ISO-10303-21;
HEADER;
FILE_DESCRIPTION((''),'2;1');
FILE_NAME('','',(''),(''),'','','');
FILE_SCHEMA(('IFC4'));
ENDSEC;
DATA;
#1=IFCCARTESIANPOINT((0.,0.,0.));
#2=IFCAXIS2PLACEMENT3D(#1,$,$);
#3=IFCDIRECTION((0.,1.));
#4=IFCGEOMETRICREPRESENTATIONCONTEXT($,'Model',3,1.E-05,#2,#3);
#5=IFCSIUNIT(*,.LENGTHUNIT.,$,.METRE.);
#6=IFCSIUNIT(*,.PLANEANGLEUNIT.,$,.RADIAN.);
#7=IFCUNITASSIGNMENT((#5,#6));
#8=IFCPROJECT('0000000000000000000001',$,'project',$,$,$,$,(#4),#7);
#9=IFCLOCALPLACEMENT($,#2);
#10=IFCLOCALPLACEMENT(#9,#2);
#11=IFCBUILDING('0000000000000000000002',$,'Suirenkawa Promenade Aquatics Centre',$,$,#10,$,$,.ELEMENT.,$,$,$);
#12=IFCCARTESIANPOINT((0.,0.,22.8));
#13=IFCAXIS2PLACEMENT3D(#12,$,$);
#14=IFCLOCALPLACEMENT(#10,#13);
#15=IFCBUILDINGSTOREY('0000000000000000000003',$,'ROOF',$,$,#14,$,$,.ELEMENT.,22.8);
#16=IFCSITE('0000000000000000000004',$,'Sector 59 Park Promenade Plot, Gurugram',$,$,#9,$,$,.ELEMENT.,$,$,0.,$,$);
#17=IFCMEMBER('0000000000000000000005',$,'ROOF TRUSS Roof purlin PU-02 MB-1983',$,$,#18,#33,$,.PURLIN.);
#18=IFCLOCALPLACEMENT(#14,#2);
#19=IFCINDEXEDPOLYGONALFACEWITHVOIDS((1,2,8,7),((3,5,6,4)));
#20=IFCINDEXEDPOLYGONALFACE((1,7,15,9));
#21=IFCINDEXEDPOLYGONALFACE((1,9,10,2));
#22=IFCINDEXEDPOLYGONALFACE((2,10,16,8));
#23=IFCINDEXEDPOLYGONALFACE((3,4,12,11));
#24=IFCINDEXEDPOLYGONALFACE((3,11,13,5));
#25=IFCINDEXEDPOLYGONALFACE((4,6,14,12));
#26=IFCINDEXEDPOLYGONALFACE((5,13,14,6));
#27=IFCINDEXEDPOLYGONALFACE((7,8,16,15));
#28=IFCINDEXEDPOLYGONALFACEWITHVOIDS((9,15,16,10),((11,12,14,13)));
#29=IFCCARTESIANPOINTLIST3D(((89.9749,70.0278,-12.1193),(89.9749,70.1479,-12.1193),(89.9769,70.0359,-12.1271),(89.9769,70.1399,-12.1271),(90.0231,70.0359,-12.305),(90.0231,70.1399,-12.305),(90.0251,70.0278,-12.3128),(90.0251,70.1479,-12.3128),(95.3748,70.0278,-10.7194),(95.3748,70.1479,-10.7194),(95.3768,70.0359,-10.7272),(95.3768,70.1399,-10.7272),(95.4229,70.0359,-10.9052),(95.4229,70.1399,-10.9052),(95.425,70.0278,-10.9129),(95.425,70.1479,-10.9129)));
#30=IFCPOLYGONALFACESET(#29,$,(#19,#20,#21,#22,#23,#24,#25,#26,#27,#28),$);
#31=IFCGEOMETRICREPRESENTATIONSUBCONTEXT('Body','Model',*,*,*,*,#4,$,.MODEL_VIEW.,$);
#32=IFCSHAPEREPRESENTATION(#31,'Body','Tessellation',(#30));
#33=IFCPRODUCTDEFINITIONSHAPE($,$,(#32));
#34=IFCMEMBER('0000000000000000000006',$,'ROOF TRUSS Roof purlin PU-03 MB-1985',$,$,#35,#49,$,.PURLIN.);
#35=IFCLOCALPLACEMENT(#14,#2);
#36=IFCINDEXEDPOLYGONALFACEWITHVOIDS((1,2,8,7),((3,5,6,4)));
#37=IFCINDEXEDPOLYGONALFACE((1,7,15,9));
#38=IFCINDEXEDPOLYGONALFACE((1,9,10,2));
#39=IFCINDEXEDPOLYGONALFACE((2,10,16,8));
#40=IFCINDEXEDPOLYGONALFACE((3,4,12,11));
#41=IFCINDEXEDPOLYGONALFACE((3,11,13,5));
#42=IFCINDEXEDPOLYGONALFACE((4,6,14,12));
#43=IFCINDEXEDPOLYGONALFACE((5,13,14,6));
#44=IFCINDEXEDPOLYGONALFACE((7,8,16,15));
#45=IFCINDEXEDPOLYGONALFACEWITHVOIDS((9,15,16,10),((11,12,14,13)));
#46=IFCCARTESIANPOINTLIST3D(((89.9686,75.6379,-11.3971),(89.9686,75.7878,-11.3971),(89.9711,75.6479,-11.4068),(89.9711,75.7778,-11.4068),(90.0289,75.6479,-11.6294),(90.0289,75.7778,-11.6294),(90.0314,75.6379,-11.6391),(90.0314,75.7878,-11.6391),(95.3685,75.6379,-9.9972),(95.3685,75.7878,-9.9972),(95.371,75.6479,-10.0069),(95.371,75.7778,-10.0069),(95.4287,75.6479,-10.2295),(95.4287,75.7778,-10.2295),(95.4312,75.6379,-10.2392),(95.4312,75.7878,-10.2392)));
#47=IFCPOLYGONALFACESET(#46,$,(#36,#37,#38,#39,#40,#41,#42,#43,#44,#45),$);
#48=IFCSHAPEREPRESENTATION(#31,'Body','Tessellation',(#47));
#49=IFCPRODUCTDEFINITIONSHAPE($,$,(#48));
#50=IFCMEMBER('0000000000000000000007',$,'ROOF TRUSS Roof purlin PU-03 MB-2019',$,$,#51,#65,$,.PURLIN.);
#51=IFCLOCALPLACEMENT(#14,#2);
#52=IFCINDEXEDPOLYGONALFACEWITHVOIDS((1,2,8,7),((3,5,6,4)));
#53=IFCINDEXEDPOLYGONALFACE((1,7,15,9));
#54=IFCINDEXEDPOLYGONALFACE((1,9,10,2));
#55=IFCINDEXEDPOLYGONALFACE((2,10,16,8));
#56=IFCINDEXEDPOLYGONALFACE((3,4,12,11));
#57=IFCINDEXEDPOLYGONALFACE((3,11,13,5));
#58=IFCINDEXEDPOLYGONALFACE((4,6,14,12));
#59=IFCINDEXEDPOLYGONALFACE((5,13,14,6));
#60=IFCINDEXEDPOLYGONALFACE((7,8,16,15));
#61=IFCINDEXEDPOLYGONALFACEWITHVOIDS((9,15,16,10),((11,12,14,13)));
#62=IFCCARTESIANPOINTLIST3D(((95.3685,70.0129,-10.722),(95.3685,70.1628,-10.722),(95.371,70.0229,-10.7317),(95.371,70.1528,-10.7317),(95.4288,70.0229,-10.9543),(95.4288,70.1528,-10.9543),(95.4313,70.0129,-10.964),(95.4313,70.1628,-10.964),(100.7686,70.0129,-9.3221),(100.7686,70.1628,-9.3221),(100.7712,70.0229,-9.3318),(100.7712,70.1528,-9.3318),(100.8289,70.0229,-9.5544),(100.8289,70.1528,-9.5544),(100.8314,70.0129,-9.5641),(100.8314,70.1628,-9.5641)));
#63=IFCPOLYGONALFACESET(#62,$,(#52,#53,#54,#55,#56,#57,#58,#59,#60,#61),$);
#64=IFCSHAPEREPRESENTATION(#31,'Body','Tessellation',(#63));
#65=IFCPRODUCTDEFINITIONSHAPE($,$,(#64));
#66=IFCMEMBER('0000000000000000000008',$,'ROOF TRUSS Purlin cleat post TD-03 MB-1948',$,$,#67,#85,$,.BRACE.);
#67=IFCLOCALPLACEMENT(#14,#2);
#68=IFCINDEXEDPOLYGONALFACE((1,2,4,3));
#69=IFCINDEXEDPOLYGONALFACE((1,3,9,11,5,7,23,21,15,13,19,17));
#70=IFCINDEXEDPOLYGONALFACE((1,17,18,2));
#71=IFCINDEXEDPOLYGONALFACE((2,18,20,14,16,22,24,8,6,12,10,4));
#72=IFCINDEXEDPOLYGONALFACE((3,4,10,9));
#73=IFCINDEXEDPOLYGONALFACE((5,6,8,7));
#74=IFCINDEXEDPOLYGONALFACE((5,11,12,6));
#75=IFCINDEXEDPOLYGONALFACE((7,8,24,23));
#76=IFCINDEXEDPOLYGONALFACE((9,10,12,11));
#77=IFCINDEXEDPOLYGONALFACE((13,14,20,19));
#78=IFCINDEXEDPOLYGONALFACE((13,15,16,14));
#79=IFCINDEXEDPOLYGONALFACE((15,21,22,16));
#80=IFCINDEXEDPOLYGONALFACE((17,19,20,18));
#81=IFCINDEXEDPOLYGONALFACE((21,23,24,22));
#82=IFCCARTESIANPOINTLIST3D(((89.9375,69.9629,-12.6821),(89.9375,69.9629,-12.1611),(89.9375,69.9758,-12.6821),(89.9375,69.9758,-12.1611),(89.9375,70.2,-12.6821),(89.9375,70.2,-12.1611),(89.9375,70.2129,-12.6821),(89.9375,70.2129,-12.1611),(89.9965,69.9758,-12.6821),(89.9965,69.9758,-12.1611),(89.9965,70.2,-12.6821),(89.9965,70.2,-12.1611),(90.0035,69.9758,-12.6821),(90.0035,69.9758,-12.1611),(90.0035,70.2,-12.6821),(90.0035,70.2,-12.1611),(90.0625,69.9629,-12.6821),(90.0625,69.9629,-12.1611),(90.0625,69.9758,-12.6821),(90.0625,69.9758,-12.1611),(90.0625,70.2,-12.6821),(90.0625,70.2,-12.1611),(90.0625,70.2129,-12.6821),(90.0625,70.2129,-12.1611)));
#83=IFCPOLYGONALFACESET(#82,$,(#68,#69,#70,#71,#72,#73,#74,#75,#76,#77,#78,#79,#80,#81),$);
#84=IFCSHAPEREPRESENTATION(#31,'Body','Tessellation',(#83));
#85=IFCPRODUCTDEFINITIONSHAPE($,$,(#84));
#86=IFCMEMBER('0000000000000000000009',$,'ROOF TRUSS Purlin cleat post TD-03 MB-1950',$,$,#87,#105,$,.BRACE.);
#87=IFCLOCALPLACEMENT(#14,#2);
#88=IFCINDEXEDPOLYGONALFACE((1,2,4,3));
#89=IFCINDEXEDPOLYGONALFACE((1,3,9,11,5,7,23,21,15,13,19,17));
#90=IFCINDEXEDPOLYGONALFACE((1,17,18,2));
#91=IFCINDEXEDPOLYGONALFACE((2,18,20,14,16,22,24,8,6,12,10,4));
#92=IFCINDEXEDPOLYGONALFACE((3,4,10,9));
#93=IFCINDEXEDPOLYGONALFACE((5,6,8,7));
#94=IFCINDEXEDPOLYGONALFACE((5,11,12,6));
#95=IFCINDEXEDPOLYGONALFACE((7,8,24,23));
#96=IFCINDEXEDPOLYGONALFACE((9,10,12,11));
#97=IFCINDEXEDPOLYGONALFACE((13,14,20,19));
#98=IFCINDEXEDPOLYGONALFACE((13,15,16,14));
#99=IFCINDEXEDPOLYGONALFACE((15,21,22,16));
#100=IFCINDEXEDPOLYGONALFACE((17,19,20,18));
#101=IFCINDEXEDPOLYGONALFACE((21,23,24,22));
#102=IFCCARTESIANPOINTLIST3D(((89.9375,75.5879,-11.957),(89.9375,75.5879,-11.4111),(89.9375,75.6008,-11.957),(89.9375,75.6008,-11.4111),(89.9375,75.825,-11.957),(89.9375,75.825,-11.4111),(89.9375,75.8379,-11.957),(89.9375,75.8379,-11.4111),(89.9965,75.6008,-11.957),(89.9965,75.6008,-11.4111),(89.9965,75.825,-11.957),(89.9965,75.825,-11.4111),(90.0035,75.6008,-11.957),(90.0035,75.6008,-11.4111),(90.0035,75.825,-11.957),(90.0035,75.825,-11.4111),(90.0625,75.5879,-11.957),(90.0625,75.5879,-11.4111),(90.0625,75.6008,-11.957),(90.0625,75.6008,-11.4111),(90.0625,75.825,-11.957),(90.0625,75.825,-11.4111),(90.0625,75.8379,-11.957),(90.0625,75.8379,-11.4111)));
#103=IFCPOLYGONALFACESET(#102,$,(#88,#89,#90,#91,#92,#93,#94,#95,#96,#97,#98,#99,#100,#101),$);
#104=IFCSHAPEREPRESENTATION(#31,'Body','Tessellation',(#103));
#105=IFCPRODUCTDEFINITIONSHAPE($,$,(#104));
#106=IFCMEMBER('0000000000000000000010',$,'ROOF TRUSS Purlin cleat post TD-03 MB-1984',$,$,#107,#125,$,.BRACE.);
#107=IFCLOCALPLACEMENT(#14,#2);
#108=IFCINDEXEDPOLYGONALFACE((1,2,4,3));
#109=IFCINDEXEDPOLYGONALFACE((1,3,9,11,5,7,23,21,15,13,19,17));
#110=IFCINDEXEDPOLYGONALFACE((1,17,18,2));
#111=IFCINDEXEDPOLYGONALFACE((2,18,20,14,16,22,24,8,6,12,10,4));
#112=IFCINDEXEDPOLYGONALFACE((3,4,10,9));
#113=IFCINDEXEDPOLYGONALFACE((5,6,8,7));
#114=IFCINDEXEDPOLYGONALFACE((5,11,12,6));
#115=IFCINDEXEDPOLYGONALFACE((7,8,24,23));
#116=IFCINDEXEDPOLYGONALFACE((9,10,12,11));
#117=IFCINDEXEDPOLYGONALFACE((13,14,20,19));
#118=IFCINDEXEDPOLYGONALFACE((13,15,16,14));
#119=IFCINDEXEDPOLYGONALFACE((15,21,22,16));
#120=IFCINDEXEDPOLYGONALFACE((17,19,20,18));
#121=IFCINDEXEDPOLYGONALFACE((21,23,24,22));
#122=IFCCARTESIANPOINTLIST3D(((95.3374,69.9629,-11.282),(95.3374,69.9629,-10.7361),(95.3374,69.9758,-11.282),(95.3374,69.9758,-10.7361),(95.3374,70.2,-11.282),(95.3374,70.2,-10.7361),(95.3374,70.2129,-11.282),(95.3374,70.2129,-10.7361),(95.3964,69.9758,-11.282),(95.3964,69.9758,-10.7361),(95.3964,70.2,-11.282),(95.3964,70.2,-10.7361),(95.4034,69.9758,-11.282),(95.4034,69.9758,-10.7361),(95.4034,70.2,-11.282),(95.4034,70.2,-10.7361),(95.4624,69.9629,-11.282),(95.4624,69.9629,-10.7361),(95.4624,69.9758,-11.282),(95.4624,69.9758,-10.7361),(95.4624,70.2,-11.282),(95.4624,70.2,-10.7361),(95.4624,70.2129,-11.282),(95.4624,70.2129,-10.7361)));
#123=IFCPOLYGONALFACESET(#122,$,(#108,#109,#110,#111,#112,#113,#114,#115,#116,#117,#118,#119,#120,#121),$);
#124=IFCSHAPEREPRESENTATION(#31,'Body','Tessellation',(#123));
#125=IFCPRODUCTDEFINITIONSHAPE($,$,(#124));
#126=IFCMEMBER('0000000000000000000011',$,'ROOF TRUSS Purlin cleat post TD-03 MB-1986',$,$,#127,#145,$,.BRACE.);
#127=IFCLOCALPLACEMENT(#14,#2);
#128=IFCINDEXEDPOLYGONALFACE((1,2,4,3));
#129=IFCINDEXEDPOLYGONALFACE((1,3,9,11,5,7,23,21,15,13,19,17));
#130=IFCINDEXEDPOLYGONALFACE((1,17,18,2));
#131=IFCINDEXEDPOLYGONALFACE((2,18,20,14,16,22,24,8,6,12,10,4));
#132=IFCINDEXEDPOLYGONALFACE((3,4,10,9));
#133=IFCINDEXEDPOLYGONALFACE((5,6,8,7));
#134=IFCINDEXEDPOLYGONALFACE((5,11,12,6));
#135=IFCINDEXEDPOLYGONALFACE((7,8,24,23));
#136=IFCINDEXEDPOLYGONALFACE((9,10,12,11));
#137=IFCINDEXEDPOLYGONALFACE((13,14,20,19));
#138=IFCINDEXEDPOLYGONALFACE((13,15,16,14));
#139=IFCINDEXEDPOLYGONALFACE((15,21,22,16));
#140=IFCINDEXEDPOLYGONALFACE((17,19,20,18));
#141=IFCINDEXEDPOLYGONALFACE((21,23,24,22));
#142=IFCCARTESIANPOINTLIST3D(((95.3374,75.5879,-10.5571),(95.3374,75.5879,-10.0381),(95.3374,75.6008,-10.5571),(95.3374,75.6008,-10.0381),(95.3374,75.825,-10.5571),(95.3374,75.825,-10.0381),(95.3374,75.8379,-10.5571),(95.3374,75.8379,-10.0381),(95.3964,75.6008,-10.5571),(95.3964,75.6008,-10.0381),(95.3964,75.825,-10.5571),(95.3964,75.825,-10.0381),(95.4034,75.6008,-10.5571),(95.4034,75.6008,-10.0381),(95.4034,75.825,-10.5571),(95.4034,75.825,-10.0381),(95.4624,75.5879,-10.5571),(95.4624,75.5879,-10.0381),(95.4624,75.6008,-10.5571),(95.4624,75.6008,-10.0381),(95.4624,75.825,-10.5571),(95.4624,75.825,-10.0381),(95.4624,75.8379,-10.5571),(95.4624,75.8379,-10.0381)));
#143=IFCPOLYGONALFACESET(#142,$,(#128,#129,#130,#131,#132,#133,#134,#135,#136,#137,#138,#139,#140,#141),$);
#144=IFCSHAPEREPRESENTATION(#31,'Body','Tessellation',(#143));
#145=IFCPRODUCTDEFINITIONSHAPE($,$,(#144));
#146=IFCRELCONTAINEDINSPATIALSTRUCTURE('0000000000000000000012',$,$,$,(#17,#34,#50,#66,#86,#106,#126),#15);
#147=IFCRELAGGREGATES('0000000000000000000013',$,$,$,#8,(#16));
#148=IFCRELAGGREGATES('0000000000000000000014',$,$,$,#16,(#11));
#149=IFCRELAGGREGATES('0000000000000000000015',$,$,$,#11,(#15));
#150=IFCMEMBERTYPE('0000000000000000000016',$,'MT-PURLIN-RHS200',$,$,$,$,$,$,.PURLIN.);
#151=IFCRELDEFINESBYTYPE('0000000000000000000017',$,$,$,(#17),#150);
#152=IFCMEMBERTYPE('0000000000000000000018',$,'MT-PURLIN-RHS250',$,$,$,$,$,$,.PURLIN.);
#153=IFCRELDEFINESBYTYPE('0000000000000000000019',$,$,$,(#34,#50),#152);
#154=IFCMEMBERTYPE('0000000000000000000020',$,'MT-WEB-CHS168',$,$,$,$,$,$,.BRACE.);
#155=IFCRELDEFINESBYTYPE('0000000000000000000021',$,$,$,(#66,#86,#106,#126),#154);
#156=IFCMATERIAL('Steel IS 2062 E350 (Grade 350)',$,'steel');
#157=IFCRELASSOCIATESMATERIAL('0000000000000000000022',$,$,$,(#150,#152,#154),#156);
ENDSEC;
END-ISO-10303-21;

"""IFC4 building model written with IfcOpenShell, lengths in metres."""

from ifc_helpers import new_model, si_unit, direction, frame, origin, origin_2d, place, context, subcontext, project, spatial, hollow_rectangle, i_section, extrude, material, material_profile, profile_set, type_object, element, save


model = new_model("IFC4")

# Units and contexts
model_context = context("Model", 3, precision=1e-05, world=origin(), true_north=direction((0.0, 1.0)))
body_context = subcontext(model_context, "Body", "Model", "MODEL_VIEW")
ifc_project = project(units=[si_unit("LENGTHUNIT", "METRE"), si_unit("PLANEANGLEUNIT", "RADIAN")], contexts=[model_context])

# Site, building, storey
site_placement = place(None, origin())
site = spatial("IfcSite", under=ifc_project, at=site_placement, Name="Sector 59 Park Promenade Plot, Gurugram", CompositionType="ELEMENT", RefElevation=0.0)
building_placement = place(site_placement, origin())
building = spatial("IfcBuilding", under=site, at=building_placement, Name="Suirenkawa Promenade Aquatics Centre", CompositionType="ELEMENT")
storey_placement = place(building_placement, frame((0.0, 0.0, 22.8)))
storey = spatial("IfcBuildingStorey", under=building, at=storey_placement, Name="ROOF", CompositionType="ELEMENT", Elevation=22.8)

# Shared definitions
ifc_material = material(Name="Steel IS 2062 E350 (Grade 350)", Category="steel")

# Members
ifc_material_profile_1 = material_profile(ifc_material, hollow_rectangle(XDim=0.1201, YDim=0.2, WallThickness=0.0081, at=origin_2d()), Name="RHS 200x120x8", Category="steel")
ifc_profile_set_1 = profile_set([ifc_material_profile_1], Name="Steel IS 2062 E350 (Grade 350)")
member_type_1 = type_object("IfcMemberType", Name="MT-PURLIN-RHS200", PredefinedType="PURLIN", material=ifc_profile_set_1)
member_1_placement = place(storey_placement, frame((90.0, 70.0879, -12.2161), z_axis=(0.968, 0.0, 0.25095), x_axis=(0.0, 1.0, 0.0)))
element("IfcMember", 1, at=member_1_placement, inside=storey, type_object=member_type_1, Name="ROOF TRUSS Roof purlin PU-02 MB-1983", PredefinedType="PURLIN", context=body_context, shape_type="SweptSolid", body=[
    extrude(hollow_rectangle(XDim=0.1201, YDim=0.2, WallThickness=0.0081, at=origin_2d()), origin(), (0.0, 0.0, 1.0), 5.5784),
])
ifc_material_profile_2 = material_profile(ifc_material, hollow_rectangle(XDim=0.1499, YDim=0.25, WallThickness=0.01, at=origin_2d()), Name="RHS 250x150x10", Category="steel")
ifc_profile_set_2 = profile_set([ifc_material_profile_2], Name="Steel IS 2062 E350 (Grade 350)")
member_type_2 = type_object("IfcMemberType", Name="MT-PURLIN-RHS250", PredefinedType="PURLIN", material=ifc_profile_set_2)
member_2_placement = place(storey_placement, frame((90.0, 75.7129, -11.5181), z_axis=(0.968, 0.0, 0.25095), x_axis=(0.0, 1.0, 0.0)))
element("IfcMember", 2, at=member_2_placement, inside=storey, type_object=member_type_2, Name="ROOF TRUSS Roof purlin PU-03 MB-1985", PredefinedType="PURLIN", context=body_context, shape_type="SweptSolid", body=[
    extrude(hollow_rectangle(XDim=0.1499, YDim=0.25, WallThickness=0.01, at=origin_2d()), origin(), (0.0, 0.0, 1.0), 5.5784),
])
member_3_placement = place(storey_placement, frame((95.3999, 70.0879, -10.843), z_axis=(0.968003, 0.0, 0.250939), x_axis=(0.0, 1.0, 0.0)))
element("IfcMember", 3, at=member_3_placement, inside=storey, type_object=member_type_2, Name="ROOF TRUSS Roof purlin PU-03 MB-2019", PredefinedType="PURLIN", context=body_context, shape_type="SweptSolid", body=[
    extrude(hollow_rectangle(XDim=0.1499, YDim=0.25, WallThickness=0.01, at=origin_2d()), origin(), (0.0, 0.0, 1.0), 5.5786),
])
ifc_material_profile_3 = material_profile(ifc_material, i_section(OverallWidth=0.125, OverallDepth=0.25, WebThickness=0.0071, FlangeThickness=0.0129, at=origin_2d()), Name="ISMB 250", Category="steel")
ifc_profile_set_3 = profile_set([ifc_material_profile_3], Name="Steel IS 2062 E350 (Grade 350)")
member_type_3 = type_object("IfcMemberType", Name="MT-WEB-CHS168", PredefinedType="BRACE", material=ifc_profile_set_3)
member_4_placement = place(storey_placement, frame((90.0, 70.0879, -12.6821), z_axis=(0.0, 0.0, 1.0), x_axis=(1.0, 0.0, 0.0)))
element("IfcMember", 4, at=member_4_placement, inside=storey, type_object=member_type_3, Name="ROOF TRUSS Purlin cleat post TD-03 MB-1948", PredefinedType="BRACE", context=body_context, shape_type="SweptSolid", body=[
    extrude(i_section(OverallWidth=0.125, OverallDepth=0.25, WebThickness=0.0071, FlangeThickness=0.0129, at=origin_2d()), origin(), (0.0, 0.0, 1.0), 0.521),
])
for number, where, z_axis, x_axis, name in (
    (5, (90.0, 75.7129, -11.957), (0.0, 0.0, 1.0), (1.0, 0.0, 0.0), "ROOF TRUSS Purlin cleat post TD-03 MB-1950"),
    (6, (95.3999, 70.0879, -11.282), (0.0, 0.0, 1.0), (1.0, 0.0, 0.0), "ROOF TRUSS Purlin cleat post TD-03 MB-1984"),
):
    element("IfcMember", number, at=place(storey_placement, frame(where, z_axis=z_axis, x_axis=x_axis)), inside=storey, type_object=member_type_3, Name=name, PredefinedType="BRACE", context=body_context, shape_type="SweptSolid", body=[
        extrude(i_section(OverallWidth=0.125, OverallDepth=0.25, WebThickness=0.0071, FlangeThickness=0.0129, at=origin_2d()), origin(), (0.0, 0.0, 1.0), 0.5459),
    ])
member_5_placement = place(storey_placement, frame((95.3999, 75.7129, -10.5571), z_axis=(0.0, 0.0, 1.0), x_axis=(1.0, 0.0, 0.0)))
element("IfcMember", 7, at=member_5_placement, inside=storey, type_object=member_type_3, Name="ROOF TRUSS Purlin cleat post TD-03 MB-1986", PredefinedType="BRACE", context=body_context, shape_type="SweptSolid", body=[
    extrude(i_section(OverallWidth=0.125, OverallDepth=0.25, WebThickness=0.0071, FlangeThickness=0.0129, at=origin_2d()), origin(), (0.0, 0.0, 1.0), 0.519),
])

save(model, "model.ifc")
